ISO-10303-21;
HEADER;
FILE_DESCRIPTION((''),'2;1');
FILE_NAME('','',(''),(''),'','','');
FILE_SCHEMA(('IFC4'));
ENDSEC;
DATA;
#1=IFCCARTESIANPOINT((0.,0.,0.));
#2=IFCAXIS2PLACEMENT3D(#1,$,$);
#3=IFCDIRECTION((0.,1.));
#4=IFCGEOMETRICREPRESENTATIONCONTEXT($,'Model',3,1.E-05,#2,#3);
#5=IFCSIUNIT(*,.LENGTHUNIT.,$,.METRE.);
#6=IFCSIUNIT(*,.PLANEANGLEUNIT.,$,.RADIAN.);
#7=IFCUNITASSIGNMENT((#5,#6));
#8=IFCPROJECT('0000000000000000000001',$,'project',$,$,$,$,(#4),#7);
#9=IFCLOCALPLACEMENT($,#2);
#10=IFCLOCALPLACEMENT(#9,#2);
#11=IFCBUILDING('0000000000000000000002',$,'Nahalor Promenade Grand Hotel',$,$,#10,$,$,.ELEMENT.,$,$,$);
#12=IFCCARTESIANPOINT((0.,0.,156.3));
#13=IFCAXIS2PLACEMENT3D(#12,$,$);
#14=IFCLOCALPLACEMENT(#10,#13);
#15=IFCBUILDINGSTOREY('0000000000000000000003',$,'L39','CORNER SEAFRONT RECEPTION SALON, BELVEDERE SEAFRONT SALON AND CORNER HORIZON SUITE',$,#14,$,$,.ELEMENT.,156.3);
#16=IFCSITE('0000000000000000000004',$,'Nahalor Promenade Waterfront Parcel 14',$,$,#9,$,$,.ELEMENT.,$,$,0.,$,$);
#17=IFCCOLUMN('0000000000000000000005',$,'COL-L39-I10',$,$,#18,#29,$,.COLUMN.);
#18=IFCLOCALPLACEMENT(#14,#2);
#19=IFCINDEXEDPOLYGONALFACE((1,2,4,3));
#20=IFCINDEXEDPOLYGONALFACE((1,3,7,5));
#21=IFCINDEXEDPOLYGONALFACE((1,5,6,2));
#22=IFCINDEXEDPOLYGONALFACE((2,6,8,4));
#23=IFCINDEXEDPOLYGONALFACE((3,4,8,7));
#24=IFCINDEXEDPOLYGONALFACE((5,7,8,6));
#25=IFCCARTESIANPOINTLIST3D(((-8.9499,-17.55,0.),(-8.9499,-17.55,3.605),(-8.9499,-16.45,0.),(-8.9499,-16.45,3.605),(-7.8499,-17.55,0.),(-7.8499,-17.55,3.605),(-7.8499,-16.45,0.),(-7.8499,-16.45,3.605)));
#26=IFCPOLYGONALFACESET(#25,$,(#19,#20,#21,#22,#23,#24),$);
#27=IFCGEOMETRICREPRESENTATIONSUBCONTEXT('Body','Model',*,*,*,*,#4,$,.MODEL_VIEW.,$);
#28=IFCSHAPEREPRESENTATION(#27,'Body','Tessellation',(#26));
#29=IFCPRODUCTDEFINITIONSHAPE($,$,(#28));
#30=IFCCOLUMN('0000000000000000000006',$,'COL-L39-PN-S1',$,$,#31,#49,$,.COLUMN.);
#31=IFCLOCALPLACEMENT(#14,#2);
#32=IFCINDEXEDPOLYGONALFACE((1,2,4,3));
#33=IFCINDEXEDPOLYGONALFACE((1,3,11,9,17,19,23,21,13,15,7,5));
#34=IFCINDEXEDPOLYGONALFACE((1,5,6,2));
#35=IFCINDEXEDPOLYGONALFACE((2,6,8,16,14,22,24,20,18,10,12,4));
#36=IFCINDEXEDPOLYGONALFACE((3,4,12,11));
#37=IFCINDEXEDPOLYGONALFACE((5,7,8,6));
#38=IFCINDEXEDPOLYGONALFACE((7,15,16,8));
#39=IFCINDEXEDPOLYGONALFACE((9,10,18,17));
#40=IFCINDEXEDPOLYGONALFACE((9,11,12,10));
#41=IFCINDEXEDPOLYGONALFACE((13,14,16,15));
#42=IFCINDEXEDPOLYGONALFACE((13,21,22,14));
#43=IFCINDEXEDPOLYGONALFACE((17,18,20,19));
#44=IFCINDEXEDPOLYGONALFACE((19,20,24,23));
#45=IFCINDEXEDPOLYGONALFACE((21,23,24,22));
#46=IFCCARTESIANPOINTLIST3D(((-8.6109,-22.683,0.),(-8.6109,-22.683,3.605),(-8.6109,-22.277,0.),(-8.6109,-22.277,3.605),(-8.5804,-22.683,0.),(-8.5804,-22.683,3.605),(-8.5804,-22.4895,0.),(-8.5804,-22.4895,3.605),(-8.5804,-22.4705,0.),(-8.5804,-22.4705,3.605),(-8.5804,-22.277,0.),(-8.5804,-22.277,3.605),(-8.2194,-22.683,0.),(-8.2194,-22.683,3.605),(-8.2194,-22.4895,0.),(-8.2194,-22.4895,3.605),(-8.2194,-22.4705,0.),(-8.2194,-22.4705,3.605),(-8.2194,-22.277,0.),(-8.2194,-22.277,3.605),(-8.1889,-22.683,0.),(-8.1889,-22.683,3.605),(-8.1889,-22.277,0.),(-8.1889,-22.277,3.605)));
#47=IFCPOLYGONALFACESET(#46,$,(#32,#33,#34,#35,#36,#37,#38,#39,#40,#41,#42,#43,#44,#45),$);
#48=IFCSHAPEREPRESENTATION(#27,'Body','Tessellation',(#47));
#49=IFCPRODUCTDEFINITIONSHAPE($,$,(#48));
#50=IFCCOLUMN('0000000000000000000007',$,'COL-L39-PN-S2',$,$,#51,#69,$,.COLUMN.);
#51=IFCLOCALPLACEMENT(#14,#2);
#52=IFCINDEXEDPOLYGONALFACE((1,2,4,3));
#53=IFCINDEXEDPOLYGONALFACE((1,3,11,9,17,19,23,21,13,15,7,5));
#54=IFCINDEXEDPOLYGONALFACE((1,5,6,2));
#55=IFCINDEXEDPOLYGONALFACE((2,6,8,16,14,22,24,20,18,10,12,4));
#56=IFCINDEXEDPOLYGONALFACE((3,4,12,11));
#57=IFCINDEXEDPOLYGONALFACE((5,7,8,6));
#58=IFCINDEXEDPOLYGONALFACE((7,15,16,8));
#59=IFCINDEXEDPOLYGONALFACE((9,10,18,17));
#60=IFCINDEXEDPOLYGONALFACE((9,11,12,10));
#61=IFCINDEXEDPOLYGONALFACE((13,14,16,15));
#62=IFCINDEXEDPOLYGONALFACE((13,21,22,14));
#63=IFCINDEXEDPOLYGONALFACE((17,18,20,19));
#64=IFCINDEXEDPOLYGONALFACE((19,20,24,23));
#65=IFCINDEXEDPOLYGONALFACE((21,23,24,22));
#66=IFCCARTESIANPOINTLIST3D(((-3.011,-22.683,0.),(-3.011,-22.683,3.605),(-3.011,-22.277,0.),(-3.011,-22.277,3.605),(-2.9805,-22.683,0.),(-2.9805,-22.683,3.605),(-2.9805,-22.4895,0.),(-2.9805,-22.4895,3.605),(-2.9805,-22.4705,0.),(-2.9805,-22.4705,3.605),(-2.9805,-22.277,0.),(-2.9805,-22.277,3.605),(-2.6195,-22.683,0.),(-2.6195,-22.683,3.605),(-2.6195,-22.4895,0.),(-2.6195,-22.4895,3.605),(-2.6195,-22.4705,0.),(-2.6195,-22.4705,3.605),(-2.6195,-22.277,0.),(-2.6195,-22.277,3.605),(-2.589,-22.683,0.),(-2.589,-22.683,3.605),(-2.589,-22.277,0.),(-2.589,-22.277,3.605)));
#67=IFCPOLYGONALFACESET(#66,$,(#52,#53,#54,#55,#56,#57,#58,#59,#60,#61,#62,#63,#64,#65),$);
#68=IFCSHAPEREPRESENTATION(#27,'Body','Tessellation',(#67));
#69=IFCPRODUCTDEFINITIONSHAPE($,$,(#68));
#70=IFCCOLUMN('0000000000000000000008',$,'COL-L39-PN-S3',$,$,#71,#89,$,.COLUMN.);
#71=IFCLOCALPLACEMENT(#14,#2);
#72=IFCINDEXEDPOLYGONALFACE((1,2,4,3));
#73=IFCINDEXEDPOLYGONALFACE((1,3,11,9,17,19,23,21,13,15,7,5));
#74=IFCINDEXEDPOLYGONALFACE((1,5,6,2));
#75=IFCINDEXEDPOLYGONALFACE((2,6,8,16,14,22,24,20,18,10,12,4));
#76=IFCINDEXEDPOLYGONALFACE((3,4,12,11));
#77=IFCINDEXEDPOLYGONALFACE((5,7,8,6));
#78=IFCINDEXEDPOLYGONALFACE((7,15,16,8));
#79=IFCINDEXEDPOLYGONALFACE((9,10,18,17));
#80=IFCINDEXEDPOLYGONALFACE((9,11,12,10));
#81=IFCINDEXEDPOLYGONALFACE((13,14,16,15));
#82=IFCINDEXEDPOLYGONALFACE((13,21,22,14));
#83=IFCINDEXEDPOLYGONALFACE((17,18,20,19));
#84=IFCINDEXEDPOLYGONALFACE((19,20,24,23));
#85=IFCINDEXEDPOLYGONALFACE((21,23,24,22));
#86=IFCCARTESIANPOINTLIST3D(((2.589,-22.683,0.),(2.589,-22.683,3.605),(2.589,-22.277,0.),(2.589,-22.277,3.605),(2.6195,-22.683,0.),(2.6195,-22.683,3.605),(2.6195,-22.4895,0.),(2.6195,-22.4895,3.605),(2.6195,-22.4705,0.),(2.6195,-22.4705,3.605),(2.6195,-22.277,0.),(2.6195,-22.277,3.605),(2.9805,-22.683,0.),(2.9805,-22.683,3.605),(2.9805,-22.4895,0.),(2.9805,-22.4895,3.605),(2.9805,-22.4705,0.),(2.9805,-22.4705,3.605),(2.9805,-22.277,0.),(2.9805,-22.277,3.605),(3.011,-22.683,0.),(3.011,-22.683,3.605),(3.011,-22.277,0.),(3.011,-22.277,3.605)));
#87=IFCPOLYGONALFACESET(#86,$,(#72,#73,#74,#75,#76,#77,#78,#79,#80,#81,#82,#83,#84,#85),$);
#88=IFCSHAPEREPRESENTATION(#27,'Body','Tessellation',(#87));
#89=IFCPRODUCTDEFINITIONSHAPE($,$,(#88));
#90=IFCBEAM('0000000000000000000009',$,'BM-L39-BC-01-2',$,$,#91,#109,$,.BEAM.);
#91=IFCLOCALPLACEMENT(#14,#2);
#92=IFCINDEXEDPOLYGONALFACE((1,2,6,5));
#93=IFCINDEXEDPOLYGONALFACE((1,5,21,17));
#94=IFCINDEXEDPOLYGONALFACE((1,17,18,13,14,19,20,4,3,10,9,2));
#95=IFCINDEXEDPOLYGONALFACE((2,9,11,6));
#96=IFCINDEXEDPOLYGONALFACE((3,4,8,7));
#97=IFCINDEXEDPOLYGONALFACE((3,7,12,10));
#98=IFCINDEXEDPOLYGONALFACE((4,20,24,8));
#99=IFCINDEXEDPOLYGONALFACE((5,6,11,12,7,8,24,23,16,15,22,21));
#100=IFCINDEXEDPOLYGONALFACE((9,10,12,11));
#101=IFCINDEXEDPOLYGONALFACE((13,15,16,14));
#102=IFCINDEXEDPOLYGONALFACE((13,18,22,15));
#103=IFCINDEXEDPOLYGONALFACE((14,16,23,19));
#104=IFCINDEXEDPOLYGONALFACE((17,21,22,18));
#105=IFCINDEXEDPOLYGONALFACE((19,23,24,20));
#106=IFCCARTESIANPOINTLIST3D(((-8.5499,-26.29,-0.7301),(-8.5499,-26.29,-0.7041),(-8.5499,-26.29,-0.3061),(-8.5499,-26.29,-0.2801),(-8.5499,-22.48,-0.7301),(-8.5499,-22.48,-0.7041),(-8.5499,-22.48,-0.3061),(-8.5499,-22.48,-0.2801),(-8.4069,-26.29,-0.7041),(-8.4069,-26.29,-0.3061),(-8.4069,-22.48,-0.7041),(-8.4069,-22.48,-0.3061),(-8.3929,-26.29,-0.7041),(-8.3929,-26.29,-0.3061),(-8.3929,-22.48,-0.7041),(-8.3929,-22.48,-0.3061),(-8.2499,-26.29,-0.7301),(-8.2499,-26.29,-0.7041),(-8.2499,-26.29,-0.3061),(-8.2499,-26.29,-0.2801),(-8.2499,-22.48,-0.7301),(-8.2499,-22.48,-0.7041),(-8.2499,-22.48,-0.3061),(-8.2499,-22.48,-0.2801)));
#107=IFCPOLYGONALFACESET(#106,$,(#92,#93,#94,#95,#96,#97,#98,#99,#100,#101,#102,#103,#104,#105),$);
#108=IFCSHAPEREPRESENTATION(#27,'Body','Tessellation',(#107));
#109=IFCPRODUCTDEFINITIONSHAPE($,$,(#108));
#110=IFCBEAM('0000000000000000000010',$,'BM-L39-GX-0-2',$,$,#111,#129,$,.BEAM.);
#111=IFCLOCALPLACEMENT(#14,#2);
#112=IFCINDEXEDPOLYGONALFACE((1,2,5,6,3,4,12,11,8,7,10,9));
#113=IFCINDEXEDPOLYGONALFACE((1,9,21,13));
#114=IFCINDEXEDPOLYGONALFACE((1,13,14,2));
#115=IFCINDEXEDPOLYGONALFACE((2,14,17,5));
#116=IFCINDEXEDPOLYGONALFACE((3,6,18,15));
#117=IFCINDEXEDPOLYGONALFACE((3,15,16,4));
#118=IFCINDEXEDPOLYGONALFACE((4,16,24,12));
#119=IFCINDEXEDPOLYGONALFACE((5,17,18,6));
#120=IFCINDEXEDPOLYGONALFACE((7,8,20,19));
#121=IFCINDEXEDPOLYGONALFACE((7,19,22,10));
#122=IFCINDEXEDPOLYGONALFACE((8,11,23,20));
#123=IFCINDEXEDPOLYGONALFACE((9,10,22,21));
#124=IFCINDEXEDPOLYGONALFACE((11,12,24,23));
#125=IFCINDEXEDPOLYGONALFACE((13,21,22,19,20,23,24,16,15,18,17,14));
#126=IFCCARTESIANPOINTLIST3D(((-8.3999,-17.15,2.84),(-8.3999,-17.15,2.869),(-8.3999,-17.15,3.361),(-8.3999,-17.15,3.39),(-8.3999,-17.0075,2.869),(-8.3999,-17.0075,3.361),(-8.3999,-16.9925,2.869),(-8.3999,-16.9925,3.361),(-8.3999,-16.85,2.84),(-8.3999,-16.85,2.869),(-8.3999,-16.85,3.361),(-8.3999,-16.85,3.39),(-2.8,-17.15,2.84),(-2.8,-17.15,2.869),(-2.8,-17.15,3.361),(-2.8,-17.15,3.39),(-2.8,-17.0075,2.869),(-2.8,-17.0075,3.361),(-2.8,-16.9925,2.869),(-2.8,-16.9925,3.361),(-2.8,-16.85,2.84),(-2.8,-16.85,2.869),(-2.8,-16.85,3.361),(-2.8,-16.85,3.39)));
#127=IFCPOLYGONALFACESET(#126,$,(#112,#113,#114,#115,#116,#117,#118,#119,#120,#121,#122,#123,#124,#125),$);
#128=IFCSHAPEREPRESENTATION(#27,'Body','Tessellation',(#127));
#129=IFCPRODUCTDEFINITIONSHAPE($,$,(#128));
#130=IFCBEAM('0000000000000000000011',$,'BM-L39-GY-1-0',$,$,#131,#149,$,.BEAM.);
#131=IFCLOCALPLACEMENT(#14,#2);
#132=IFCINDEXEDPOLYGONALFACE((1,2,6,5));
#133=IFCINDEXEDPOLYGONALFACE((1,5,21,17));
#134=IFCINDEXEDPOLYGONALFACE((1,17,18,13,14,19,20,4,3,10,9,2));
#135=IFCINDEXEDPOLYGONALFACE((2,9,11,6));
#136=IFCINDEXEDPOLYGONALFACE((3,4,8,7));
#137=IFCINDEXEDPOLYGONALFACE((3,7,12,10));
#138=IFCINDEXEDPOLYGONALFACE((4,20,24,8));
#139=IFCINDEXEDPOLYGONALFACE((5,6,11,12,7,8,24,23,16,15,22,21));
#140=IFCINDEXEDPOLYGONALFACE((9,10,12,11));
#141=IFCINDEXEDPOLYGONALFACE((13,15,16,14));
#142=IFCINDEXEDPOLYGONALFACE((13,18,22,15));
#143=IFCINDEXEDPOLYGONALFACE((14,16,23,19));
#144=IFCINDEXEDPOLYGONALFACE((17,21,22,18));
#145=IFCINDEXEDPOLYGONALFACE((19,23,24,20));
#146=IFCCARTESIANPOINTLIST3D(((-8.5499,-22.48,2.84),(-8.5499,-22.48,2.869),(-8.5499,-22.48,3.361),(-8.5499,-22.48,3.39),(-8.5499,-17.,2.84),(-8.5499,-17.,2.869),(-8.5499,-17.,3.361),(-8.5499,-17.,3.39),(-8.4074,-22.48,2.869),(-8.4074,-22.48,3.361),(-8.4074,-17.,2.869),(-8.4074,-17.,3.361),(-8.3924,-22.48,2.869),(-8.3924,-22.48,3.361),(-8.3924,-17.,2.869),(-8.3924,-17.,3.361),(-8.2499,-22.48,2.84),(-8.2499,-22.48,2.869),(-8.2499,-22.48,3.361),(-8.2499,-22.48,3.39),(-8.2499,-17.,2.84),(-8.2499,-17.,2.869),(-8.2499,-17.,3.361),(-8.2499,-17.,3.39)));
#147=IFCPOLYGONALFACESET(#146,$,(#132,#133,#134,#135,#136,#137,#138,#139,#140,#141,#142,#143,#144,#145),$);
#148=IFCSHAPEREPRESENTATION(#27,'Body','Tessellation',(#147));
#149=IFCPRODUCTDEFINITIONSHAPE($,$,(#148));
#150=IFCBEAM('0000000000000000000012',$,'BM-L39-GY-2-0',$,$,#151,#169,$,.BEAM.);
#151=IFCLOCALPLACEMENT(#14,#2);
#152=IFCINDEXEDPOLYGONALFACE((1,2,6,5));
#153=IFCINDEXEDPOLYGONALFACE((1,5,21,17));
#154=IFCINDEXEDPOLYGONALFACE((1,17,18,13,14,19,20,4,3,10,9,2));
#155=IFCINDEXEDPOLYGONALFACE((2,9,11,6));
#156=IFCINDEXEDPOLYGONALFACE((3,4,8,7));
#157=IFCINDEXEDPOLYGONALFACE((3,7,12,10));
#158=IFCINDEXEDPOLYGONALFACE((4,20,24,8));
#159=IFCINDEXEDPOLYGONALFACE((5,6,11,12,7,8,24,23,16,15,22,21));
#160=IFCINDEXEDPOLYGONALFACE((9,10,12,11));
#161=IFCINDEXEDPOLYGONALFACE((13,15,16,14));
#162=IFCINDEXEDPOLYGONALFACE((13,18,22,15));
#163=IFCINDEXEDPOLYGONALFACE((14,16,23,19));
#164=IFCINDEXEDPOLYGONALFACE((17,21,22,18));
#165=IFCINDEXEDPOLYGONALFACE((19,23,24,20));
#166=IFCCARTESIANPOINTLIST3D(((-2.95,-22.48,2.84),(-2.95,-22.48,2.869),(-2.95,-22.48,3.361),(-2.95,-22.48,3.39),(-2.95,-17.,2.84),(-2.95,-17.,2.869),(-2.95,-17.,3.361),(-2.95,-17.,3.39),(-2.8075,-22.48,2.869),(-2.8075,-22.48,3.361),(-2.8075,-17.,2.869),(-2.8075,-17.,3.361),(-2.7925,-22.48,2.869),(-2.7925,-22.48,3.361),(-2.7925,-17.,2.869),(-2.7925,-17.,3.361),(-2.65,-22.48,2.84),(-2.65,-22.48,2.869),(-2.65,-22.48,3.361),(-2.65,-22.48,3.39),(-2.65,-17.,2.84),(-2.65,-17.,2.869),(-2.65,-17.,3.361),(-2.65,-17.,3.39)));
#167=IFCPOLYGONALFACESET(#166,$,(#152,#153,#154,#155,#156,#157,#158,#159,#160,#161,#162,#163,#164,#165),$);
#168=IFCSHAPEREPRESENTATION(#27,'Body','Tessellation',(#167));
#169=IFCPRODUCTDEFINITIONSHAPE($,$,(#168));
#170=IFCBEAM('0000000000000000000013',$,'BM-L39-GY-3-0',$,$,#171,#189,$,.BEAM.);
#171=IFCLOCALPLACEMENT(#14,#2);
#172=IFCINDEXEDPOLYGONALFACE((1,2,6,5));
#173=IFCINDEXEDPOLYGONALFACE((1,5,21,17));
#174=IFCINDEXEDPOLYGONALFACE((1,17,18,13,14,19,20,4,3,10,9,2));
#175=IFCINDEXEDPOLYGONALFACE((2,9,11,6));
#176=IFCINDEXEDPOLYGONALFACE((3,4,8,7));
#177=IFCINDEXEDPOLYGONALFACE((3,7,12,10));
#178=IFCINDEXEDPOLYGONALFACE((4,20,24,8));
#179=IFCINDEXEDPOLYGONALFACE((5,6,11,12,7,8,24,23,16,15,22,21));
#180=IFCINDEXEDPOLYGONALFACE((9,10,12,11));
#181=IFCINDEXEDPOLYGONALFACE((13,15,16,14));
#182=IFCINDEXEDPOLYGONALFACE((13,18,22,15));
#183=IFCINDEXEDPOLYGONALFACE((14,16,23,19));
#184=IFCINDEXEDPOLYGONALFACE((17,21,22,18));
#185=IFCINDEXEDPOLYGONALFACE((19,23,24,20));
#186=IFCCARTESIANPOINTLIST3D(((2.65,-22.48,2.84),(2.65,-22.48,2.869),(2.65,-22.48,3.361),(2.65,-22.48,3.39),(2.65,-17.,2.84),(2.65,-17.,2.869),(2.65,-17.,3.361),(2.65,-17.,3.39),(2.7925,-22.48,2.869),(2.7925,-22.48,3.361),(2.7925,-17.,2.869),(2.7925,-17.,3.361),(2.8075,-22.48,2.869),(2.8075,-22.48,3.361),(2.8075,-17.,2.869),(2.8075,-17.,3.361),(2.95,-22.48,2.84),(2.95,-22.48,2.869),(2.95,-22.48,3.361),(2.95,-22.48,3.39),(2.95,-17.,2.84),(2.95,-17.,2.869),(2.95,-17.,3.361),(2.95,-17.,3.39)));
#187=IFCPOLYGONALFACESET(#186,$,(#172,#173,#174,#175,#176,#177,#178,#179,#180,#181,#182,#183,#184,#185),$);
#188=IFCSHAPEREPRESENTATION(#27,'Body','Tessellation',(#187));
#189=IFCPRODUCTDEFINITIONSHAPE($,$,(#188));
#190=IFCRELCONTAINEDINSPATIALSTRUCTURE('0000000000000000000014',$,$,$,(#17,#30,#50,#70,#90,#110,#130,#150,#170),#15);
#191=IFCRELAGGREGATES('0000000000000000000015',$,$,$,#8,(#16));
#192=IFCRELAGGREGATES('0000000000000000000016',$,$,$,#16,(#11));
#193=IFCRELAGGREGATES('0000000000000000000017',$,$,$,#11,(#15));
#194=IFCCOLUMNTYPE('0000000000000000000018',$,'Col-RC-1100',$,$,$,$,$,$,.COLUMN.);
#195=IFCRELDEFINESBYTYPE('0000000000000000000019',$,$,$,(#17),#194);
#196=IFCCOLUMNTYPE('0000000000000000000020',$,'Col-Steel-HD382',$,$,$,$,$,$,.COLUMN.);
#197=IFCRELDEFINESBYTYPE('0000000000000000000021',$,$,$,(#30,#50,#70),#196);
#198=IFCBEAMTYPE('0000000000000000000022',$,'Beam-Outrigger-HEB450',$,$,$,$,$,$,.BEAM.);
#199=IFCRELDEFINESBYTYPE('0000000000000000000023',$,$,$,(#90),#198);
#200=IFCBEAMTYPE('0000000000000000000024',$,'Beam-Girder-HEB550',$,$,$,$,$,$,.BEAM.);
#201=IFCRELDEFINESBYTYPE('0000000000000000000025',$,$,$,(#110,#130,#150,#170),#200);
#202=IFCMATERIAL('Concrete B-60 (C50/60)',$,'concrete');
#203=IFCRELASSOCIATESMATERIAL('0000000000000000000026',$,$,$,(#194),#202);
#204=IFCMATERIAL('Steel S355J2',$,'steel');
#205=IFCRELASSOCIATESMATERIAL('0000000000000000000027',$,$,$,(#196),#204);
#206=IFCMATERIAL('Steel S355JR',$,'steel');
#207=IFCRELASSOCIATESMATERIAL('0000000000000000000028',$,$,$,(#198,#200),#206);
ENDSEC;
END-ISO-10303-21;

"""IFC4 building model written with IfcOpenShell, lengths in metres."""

from ifc_helpers import new_model, si_unit, direction, frame, origin, origin_2d, place, context, subcontext, project, spatial, rectangle, i_section, extrude, source, transform, mapped, material, material_profile, profile_set, type_object, element, save


model = new_model("IFC4")

# Units and contexts
model_context = context("Model", 3, precision=1e-05, world=origin(), true_north=direction((0.0, 1.0)))
body_context = subcontext(model_context, "Body", "Model", "MODEL_VIEW")
ifc_project = project(units=[si_unit("LENGTHUNIT", "METRE"), si_unit("PLANEANGLEUNIT", "RADIAN")], contexts=[model_context])

# Site, building, storey
site_placement = place(None, origin())
site = spatial("IfcSite", under=ifc_project, at=site_placement, Name="Nahalor Promenade Waterfront Parcel 14", CompositionType="ELEMENT", RefElevation=0.0)
building_placement = place(site_placement, origin())
building = spatial("IfcBuilding", under=site, at=building_placement, Name="Nahalor Promenade Grand Hotel", CompositionType="ELEMENT")
storey_placement = place(building_placement, frame((0.0, 0.0, 156.3)))
storey = spatial("IfcBuildingStorey", under=building, at=storey_placement, Name="L39", Description="CORNER SEAFRONT RECEPTION SALON, BELVEDERE SEAFRONT SALON AND CORNER HORIZON SUITE", CompositionType="ELEMENT", Elevation=156.3)

# Columns
ifc_material_1 = material(Name="Concrete B-60 (C50/60)", Category="concrete")
ifc_material_profile_1 = material_profile(ifc_material_1, rectangle(XDim=1.1, YDim=1.1, at=origin_2d()), Name="RC 1100x1100")
ifc_profile_set_1 = profile_set([ifc_material_profile_1], Name="Concrete B-60 (C50/60)")
column_type_1 = type_object("IfcColumnType", Name="Col-RC-1100", PredefinedType="COLUMN", material=ifc_profile_set_1)
shared_shape_1 = source(origin(), body_context, "Body", "SweptSolid", [
    extrude(rectangle(XDim=1.1, YDim=1.1, at=origin_2d()), origin(), (0.0, 0.0, 1.0), 3.605),
])
column_placement = place(storey_placement, frame((-8.3999, -17.0, 0.0), z_axis=(0.0, 0.0, 1.0), x_axis=(1.0, 0.0, 0.0)))
element("IfcColumn", 1, at=column_placement, inside=storey, type_object=column_type_1, Name="COL-L39-I10", PredefinedType="COLUMN", context=body_context, shape_type="MappedRepresentation", body=[
    mapped(shared_shape_1, transform((0.0, 0.0, 0.0), scale=1.0)),
])
ifc_material_2 = material(Name="Steel S355J2", Category="steel")
ifc_material_profile_2 = material_profile(ifc_material_2, i_section(OverallWidth=0.406, OverallDepth=0.422, WebThickness=0.019, FlangeThickness=0.0305, at=origin_2d()), Name="HD 400x382")
ifc_profile_set_2 = profile_set([ifc_material_profile_2], Name="Steel S355J2")
column_type_2 = type_object("IfcColumnType", Name="Col-Steel-HD382", PredefinedType="COLUMN", material=ifc_profile_set_2)
shared_shape_2 = source(origin(), body_context, "Body", "SweptSolid", [
    extrude(i_section(OverallWidth=0.406, OverallDepth=0.422, WebThickness=0.019, FlangeThickness=0.0305, at=origin_2d()), origin(), (0.0, 0.0, 1.0), 3.605),
])
for number, where, z_axis, x_axis, name in (
    (2, (-8.3999, -22.48, 0.0), (0.0, 0.0, 1.0), (0.0, 1.0, 0.0), "COL-L39-PN-S1"),
    (3, (-2.8, -22.48, 0.0), (0.0, 0.0, 1.0), (0.0, 1.0, 0.0), "COL-L39-PN-S2"),
    (4, (2.8, -22.48, 0.0), (0.0, 0.0, 1.0), (0.0, 1.0, 0.0), "COL-L39-PN-S3"),
):
    element("IfcColumn", number, at=place(storey_placement, frame(where, z_axis=z_axis, x_axis=x_axis)), inside=storey, type_object=column_type_2, Name=name, PredefinedType="COLUMN", context=body_context, shape_type="MappedRepresentation", body=[
        mapped(shared_shape_2, transform((0.0, 0.0, 0.0), scale=1.0)),
    ])

# Beams
ifc_material_3 = material(Name="Steel S355JR", Category="steel")
ifc_material_profile_3 = material_profile(ifc_material_3, i_section(OverallWidth=0.3, OverallDepth=0.45, WebThickness=0.014, FlangeThickness=0.026, at=origin_2d()), Name="HEB 450")
ifc_profile_set_3 = profile_set([ifc_material_profile_3], Name="Steel S355JR")
beam_type_1 = type_object("IfcBeamType", Name="Beam-Outrigger-HEB450", PredefinedType="BEAM", material=ifc_profile_set_3)
shared_shape_3 = source(origin(), body_context, "Body", "SweptSolid", [
    extrude(i_section(OverallWidth=0.3, OverallDepth=0.45, WebThickness=0.014, FlangeThickness=0.026, at=origin_2d()), origin(), (0.0, 0.0, 1.0), 3.8101),
])
beam_1_placement = place(storey_placement, frame((-8.3999, -26.29, -0.5051), z_axis=(0.0, 1.0, 0.0), x_axis=(-1.0, 0.0, 0.0)))
element("IfcBeam", 5, at=beam_1_placement, inside=storey, type_object=beam_type_1, Name="BM-L39-BC-01-2", PredefinedType="BEAM", context=body_context, shape_type="MappedRepresentation", body=[
    mapped(shared_shape_3, transform((0.0, 0.0, 0.0), scale=1.0)),
])
ifc_material_profile_4 = material_profile(ifc_material_3, i_section(OverallWidth=0.3, OverallDepth=0.55, WebThickness=0.015, FlangeThickness=0.029, at=origin_2d()), Name="HEB 550")
ifc_profile_set_4 = profile_set([ifc_material_profile_4], Name="Steel S355JR")
beam_type_2 = type_object("IfcBeamType", Name="Beam-Girder-HEB550", PredefinedType="BEAM", material=ifc_profile_set_4)
shared_shape_4 = source(origin(), body_context, "Body", "SweptSolid", [
    extrude(i_section(OverallWidth=0.3, OverallDepth=0.55, WebThickness=0.015, FlangeThickness=0.029, at=origin_2d()), origin(), (0.0, 0.0, 1.0), 5.5999),
])
beam_2_placement = place(storey_placement, frame((-8.3999, -17.0, 3.115), z_axis=(1.0, 0.0, 0.0), x_axis=(0.0, 1.0, 0.0)))
element("IfcBeam", 6, at=beam_2_placement, inside=storey, type_object=beam_type_2, Name="BM-L39-GX-0-2", PredefinedType="BEAM", context=body_context, shape_type="MappedRepresentation", body=[
    mapped(shared_shape_4, transform((0.0, 0.0, 0.0), scale=1.0)),
])
shared_shape_5 = source(origin(), body_context, "Body", "SweptSolid", [
    extrude(i_section(OverallWidth=0.3, OverallDepth=0.55, WebThickness=0.015, FlangeThickness=0.029, at=origin_2d()), origin(), (0.0, 0.0, 1.0), 5.48),
])
for number, where, z_axis, x_axis, name in (
    (7, (-8.3999, -22.48, 3.115), (0.0, 1.0, 0.0), (-1.0, 0.0, 0.0), "BM-L39-GY-1-0"),
    (8, (-2.8, -22.48, 3.115), (0.0, 1.0, 0.0), (-1.0, 0.0, 0.0), "BM-L39-GY-2-0"),
    (9, (2.8, -22.48, 3.115), (0.0, 1.0, 0.0), (-1.0, 0.0, 0.0), "BM-L39-GY-3-0"),
):
    element("IfcBeam", number, at=place(storey_placement, frame(where, z_axis=z_axis, x_axis=x_axis)), inside=storey, type_object=beam_type_2, Name=name, PredefinedType="BEAM", context=body_context, shape_type="MappedRepresentation", body=[
        mapped(shared_shape_5, transform((0.0, 0.0, 0.0), scale=1.0)),
    ])

save(model, "model.ifc")
